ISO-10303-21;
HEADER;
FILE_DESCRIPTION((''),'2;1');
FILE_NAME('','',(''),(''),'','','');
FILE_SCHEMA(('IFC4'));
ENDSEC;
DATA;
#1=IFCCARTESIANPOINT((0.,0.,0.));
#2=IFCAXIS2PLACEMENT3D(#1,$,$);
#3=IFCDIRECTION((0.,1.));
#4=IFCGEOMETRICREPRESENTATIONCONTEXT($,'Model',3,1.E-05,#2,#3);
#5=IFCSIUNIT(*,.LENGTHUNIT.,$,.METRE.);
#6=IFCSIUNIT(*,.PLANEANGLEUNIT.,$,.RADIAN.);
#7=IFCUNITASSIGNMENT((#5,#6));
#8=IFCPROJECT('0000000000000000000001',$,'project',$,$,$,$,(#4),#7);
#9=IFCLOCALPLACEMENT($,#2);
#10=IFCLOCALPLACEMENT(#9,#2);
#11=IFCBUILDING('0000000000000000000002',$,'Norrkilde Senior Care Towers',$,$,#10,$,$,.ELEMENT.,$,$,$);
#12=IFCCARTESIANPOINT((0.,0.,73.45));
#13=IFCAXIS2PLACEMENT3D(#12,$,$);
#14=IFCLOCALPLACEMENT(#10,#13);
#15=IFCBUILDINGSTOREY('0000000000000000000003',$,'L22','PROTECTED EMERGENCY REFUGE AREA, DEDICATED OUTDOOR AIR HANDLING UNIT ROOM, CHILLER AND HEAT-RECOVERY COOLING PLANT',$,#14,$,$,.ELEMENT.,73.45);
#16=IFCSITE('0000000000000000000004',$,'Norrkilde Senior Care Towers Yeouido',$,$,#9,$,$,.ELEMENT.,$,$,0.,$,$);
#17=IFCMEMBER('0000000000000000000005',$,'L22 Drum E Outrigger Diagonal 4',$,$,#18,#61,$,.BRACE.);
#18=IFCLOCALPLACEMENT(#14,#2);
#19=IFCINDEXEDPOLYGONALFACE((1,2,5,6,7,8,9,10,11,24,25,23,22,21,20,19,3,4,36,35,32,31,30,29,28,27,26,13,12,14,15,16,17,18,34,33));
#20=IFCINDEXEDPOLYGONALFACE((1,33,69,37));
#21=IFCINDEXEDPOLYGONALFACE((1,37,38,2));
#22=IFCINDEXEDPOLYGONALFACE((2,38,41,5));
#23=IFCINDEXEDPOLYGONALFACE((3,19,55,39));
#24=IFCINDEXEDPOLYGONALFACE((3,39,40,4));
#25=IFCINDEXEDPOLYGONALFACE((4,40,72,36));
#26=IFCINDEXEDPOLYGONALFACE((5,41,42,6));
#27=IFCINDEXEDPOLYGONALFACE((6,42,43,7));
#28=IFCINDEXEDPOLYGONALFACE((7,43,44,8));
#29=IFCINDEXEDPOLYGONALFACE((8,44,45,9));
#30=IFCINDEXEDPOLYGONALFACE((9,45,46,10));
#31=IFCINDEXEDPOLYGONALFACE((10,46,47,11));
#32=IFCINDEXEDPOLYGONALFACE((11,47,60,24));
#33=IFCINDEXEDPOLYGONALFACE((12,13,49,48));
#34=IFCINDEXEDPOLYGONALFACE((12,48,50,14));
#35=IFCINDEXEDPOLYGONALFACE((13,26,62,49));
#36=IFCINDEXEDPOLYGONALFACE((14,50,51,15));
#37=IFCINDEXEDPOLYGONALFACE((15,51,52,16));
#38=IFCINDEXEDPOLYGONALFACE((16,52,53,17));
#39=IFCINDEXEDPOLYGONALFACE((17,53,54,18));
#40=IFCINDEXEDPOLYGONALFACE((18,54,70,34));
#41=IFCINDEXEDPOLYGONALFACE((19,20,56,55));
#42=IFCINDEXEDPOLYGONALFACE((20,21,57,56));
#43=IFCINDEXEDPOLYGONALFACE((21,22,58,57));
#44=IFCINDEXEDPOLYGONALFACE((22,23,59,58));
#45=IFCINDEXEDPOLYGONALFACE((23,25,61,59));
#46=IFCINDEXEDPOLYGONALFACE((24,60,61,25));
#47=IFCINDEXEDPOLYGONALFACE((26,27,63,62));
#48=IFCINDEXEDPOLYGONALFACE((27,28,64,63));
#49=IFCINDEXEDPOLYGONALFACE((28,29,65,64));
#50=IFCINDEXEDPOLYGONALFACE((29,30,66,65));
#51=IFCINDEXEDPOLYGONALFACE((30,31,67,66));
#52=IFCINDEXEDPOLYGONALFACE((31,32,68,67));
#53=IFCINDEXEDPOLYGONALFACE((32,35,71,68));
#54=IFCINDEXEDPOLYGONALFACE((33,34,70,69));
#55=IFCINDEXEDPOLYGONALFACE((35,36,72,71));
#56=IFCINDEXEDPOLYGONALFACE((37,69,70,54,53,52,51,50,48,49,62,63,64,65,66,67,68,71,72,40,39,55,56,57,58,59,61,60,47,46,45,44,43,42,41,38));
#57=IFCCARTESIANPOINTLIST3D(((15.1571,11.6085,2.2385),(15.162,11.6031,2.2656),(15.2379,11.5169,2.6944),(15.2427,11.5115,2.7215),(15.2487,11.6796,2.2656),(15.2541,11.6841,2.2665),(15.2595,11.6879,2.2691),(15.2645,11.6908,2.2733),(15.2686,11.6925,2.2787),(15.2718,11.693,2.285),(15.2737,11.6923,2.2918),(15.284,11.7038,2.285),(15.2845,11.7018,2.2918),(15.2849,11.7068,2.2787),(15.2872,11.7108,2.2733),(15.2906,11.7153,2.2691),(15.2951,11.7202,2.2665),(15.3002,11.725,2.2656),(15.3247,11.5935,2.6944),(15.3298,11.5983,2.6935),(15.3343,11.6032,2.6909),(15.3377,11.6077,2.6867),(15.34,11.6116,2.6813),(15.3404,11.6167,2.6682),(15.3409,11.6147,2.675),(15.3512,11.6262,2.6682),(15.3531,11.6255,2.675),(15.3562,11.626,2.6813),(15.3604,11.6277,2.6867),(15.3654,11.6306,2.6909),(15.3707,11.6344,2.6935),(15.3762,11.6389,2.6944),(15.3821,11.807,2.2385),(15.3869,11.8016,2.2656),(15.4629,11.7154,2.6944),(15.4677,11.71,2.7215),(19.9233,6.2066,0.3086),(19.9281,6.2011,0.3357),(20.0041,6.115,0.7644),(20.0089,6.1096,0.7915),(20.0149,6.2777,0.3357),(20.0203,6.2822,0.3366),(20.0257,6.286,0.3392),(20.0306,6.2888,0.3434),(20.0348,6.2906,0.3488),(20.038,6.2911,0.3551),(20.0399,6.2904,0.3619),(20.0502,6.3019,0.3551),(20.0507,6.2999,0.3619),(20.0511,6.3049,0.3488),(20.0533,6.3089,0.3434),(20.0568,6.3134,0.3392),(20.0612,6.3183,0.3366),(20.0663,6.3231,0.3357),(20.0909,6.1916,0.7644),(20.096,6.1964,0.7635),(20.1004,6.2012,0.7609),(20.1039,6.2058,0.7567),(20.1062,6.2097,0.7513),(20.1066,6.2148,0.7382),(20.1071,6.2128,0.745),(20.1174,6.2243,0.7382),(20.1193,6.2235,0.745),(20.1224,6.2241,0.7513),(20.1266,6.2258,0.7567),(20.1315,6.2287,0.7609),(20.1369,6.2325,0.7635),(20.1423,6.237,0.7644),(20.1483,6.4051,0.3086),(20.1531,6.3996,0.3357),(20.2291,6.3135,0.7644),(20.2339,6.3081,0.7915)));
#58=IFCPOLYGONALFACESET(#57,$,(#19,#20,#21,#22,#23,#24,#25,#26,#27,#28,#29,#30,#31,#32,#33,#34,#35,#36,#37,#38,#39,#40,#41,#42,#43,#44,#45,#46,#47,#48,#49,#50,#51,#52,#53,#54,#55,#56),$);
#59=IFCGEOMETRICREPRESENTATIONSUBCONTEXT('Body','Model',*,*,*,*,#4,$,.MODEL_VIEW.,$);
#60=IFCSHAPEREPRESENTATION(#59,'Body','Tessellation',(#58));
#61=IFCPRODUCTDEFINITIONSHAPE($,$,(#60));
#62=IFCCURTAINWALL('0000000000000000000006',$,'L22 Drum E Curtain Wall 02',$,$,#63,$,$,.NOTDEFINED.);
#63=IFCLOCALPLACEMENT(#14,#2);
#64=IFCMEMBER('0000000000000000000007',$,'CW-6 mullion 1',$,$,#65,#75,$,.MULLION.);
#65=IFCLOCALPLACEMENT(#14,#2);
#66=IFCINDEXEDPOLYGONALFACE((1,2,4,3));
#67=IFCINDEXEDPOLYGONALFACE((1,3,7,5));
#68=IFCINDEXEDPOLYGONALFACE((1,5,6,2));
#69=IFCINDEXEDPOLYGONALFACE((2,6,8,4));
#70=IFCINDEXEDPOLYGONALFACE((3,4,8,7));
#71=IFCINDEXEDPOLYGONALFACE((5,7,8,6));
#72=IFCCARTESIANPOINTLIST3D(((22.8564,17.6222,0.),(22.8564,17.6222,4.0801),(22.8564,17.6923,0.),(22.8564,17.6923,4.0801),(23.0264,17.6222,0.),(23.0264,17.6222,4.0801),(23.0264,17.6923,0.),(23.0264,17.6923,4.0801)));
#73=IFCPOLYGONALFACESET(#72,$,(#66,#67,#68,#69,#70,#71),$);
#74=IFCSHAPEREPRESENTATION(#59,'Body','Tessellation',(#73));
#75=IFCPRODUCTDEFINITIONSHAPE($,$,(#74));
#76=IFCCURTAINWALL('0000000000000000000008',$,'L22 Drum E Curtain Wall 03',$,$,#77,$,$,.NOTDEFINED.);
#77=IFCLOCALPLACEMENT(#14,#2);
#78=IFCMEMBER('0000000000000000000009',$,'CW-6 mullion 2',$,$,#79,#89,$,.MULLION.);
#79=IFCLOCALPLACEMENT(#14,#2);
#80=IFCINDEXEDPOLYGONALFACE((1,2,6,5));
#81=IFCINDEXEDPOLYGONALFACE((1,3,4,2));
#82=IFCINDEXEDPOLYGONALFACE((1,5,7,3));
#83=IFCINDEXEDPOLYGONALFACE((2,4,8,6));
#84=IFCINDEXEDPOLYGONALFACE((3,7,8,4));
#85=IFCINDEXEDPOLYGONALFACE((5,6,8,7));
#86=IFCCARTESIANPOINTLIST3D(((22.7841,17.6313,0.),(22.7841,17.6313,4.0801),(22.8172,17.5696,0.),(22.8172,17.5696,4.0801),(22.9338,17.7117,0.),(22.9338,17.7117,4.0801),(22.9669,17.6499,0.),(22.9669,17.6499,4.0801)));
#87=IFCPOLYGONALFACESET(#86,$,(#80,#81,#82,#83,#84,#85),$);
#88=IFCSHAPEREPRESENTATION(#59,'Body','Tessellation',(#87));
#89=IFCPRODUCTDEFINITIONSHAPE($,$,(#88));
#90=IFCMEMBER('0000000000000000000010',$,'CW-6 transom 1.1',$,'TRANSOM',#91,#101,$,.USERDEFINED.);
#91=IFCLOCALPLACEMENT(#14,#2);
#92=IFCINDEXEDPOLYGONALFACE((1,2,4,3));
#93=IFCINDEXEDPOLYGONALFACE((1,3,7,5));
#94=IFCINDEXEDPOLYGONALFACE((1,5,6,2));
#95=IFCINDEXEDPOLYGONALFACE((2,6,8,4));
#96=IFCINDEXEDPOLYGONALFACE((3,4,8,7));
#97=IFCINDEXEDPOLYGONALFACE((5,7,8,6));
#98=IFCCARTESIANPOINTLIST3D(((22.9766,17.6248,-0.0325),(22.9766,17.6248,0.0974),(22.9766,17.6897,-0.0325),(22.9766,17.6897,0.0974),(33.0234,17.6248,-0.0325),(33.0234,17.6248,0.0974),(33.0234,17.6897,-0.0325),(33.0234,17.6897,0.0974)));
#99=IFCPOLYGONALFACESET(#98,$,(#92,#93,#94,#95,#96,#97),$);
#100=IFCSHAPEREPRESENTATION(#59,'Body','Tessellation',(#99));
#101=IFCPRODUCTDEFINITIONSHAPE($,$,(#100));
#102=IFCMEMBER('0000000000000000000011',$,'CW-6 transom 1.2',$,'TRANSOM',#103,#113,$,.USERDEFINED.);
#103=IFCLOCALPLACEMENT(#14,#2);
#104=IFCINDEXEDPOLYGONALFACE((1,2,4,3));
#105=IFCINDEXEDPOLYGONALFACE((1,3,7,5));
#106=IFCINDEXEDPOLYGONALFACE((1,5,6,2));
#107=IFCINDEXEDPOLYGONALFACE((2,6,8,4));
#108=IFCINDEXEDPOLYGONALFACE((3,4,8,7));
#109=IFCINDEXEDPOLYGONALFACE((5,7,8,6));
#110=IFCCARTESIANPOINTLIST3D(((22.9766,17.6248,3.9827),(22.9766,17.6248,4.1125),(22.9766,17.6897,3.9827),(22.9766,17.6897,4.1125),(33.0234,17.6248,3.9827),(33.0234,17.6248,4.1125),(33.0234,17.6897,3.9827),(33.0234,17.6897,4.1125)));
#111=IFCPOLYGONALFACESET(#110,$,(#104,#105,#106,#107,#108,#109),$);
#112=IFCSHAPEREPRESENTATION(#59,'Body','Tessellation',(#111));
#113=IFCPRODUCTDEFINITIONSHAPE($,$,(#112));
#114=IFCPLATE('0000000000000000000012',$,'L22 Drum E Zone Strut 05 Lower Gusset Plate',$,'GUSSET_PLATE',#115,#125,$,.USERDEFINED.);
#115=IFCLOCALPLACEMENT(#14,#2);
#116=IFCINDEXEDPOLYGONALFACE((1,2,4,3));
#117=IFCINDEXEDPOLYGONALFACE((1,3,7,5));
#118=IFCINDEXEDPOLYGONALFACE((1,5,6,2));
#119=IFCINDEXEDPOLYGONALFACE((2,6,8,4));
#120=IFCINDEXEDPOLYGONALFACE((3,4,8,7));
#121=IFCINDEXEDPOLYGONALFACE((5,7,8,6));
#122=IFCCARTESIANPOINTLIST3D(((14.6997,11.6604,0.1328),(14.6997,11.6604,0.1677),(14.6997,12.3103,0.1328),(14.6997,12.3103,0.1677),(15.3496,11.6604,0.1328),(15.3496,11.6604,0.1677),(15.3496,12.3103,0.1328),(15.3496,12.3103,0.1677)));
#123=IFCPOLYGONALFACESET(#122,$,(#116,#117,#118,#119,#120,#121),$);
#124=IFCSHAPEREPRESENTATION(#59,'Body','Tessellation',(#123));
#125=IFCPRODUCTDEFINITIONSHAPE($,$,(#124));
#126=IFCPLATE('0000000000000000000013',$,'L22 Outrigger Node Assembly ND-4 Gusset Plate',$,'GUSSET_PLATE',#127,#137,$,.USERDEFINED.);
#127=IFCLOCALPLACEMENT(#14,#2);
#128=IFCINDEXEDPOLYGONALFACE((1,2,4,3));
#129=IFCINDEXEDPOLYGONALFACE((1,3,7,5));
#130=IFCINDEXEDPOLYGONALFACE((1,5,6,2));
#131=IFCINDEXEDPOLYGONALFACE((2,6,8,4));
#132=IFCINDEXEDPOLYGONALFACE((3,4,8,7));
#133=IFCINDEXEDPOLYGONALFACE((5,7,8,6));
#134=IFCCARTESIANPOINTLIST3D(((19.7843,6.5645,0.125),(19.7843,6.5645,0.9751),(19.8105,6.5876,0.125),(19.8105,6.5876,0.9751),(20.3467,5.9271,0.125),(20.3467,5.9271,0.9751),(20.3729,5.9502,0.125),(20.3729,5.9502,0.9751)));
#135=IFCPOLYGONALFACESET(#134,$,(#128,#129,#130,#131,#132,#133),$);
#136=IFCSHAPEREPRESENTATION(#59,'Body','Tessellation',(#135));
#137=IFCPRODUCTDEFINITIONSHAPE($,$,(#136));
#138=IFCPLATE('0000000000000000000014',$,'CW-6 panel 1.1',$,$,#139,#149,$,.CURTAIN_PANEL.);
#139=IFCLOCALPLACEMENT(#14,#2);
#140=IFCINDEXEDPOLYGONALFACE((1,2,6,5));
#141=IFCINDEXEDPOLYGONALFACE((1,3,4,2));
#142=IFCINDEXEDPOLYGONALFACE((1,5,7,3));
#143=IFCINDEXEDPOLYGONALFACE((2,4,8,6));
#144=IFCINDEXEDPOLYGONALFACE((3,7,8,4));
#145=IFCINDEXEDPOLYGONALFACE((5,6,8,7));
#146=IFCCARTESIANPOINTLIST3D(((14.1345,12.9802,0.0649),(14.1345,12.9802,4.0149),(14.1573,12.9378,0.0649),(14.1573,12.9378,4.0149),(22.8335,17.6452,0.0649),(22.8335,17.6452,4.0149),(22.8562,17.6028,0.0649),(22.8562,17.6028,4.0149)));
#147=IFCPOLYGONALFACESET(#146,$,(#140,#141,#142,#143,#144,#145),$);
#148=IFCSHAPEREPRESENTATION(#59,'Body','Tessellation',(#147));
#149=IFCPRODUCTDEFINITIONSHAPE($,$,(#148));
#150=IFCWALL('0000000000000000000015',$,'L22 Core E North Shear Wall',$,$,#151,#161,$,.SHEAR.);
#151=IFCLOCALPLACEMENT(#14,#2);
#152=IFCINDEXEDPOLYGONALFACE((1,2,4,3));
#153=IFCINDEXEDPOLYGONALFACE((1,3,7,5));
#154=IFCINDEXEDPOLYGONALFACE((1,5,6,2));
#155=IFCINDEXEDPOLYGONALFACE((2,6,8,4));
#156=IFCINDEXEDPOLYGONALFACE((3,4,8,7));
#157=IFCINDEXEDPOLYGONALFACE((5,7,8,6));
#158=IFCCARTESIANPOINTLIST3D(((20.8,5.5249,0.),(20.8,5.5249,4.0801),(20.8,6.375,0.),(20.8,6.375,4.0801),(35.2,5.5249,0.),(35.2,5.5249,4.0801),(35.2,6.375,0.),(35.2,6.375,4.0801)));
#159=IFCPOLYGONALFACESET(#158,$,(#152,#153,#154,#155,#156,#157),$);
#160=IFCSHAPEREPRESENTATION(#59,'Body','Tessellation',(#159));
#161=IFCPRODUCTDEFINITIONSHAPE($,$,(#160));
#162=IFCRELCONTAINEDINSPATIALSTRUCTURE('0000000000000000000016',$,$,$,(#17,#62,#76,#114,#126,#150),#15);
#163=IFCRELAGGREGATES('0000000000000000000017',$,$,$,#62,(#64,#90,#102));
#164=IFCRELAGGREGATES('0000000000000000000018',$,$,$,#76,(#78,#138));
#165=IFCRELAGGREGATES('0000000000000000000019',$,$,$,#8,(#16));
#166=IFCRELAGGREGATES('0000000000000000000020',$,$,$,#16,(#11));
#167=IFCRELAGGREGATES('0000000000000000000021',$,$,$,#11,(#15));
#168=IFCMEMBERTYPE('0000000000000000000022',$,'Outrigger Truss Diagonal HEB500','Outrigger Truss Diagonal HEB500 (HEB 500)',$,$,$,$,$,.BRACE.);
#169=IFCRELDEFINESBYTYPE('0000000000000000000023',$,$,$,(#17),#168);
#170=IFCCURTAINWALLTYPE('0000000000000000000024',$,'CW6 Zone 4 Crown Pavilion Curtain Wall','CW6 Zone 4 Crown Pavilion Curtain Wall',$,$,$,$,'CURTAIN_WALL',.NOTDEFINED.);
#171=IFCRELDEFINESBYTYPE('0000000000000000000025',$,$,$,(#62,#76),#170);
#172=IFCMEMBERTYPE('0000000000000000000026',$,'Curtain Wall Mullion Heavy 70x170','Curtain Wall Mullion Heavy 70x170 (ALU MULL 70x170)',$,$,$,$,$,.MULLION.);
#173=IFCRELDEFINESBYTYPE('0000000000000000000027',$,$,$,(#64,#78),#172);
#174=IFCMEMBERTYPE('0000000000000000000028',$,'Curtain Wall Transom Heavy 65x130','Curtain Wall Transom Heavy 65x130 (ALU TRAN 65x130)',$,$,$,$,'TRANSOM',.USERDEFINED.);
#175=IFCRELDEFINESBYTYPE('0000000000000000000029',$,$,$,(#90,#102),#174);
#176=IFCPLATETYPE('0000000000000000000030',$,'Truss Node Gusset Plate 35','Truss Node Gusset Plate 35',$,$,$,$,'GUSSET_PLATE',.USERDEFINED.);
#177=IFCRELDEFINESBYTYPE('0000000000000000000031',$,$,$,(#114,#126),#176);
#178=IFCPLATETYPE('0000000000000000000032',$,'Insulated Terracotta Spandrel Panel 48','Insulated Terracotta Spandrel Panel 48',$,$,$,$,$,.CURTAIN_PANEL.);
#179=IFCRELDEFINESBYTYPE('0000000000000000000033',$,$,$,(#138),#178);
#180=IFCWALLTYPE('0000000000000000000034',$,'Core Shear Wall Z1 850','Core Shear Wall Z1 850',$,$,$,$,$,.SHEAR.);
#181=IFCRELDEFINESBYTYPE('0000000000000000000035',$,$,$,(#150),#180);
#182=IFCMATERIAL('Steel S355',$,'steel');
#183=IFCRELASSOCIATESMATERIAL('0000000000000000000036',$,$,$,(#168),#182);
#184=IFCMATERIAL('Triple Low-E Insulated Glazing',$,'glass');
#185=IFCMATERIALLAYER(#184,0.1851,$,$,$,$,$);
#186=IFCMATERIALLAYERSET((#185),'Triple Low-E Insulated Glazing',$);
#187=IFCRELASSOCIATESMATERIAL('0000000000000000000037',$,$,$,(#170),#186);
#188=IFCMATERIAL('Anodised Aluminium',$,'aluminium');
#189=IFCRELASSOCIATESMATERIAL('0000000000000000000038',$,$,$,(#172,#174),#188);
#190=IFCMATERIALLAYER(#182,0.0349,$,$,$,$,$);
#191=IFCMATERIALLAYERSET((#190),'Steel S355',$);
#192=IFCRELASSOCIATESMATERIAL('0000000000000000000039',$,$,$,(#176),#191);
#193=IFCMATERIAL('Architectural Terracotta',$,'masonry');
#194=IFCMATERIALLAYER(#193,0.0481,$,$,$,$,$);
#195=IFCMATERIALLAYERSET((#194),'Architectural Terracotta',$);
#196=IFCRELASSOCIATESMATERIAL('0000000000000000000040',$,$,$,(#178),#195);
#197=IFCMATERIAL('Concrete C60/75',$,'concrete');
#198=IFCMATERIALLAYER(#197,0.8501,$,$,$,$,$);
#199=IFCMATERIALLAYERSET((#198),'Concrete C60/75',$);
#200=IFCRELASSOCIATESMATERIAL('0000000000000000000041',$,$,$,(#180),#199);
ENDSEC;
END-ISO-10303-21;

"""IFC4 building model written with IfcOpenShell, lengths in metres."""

from ifc_helpers import new_model, si_unit, direction, frame, frame_2d, origin, origin_2d, place, context, subcontext, project, spatial, rectangle, i_section, extrude, source, transform, mapped, material, layer, layer_set, material_profile, profile_set, type_object, type_shapes, element, aggregate, save


model = new_model("IFC4")

# Units and contexts
model_context = context("Model", 3, precision=1e-05, world=origin(), true_north=direction((0.0, 1.0)))
body_context = subcontext(model_context, "Body", "Model", "MODEL_VIEW")
ifc_project = project(units=[si_unit("LENGTHUNIT", "METRE"), si_unit("PLANEANGLEUNIT", "RADIAN")], contexts=[model_context])

# Site, building, storey
site_placement = place(None, origin())
site = spatial("IfcSite", under=ifc_project, at=site_placement, Name="Norrkilde Senior Care Towers Yeouido", CompositionType="ELEMENT", RefElevation=0.0)
building_placement = place(site_placement, origin())
building = spatial("IfcBuilding", under=site, at=building_placement, Name="Norrkilde Senior Care Towers", CompositionType="ELEMENT")
storey_placement = place(building_placement, frame((0.0, 0.0, 73.45)))
storey = spatial("IfcBuildingStorey", under=building, at=storey_placement, Name="L22", Description="PROTECTED EMERGENCY REFUGE AREA, DEDICATED OUTDOOR AIR HANDLING UNIT ROOM, CHILLER AND HEAT-RECOVERY COOLING PLANT", CompositionType="ELEMENT", Elevation=73.45)

# Shared definitions
ifc_material_1 = material(Name="Concrete C60/75", Category="concrete")

# Member
ifc_material_2 = material(Name="Steel S355", Category="steel")
ifc_material_profile_1 = material_profile(ifc_material_2, i_section(OverallWidth=0.3, OverallDepth=0.5, WebThickness=0.0144, FlangeThickness=0.0281, FilletRadius=0.0271, at=origin_2d()), Name="HEB 500")
ifc_profile_set_1 = profile_set([ifc_material_profile_1], Name="Steel S355")
member_type_1 = type_object("IfcMemberType", Name="Outrigger Truss Diagonal HEB500", Description="Outrigger Truss Diagonal HEB500 (HEB 500)", PredefinedType="BRACE", material=ifc_profile_set_1)
shared_shape_1 = source(origin(), body_context, "Body", "SweptSolid", [
    extrude(i_section(OverallWidth=0.3, OverallDepth=0.5, WebThickness=0.0144, FlangeThickness=0.0281, FilletRadius=0.0271, at=origin_2d()), origin(), (0.0, 0.0, 1.0), 7.458),
])
type_shapes(member_type_1, [shared_shape_1])
member_1_placement = place(storey_placement, frame((20.0786, 6.2573, 0.55), z_axis=(-0.639068, 0.724312, 0.258776), x_axis=(-0.749854, -0.661604, 0.0)))
element("IfcMember", 1, at=member_1_placement, inside=storey, type_object=member_type_1, Name="L22 Drum E Outrigger Diagonal 4", PredefinedType="BRACE", context=body_context, shape_type="MappedRepresentation", body=[
    mapped(shared_shape_1, transform((0.0, 0.0, 0.0), x_axis=(1.0, 0.0, 0.0), y_axis=(0.0, 1.0, 0.0), z_axis=(0.0, 0.0, 1.0), scale=1.0)),
])

# Curtain walls, members
ifc_material_3 = material(Name="Triple Low-E Insulated Glazing", Category="glass")
ifc_layer_1 = layer(ifc_material_3, 0.1851)
ifc_layer_set_1 = layer_set([ifc_layer_1], Name="Triple Low-E Insulated Glazing")
curtain_wall_type = type_object("IfcCurtainWallType", Name="CW6 Zone 4 Crown Pavilion Curtain Wall", Description="CW6 Zone 4 Crown Pavilion Curtain Wall", ElementType="CURTAIN_WALL", PredefinedType="NOTDEFINED", material=ifc_layer_set_1)
curtain_wall_1_placement = place(storey_placement, origin())
curtain_wall_1 = element("IfcCurtainWall", 2, at=curtain_wall_1_placement, inside=storey, type_object=curtain_wall_type, Name="L22 Drum E Curtain Wall 02", PredefinedType="NOTDEFINED")
ifc_material_4 = material(Name="Anodised Aluminium", Category="aluminium")
ifc_material_profile_2 = material_profile(ifc_material_4, rectangle(XDim=0.0701, YDim=0.1699, at=origin_2d()), Name="ALU MULL 70x170")
ifc_profile_set_2 = profile_set([ifc_material_profile_2], Name="Anodised Aluminium")
member_type_2 = type_object("IfcMemberType", Name="Curtain Wall Mullion Heavy 70x170", Description="Curtain Wall Mullion Heavy 70x170 (ALU MULL 70x170)", PredefinedType="MULLION", material=ifc_profile_set_2)
shared_shape_2 = source(origin(), body_context, "Body", "SweptSolid", [
    extrude(rectangle(XDim=0.0701, YDim=0.1699, at=origin_2d()), origin(), (0.0, 0.0, 1.0), 4.0801),
])
type_shapes(member_type_2, [shared_shape_2])
member_2_placement = place(storey_placement, frame((22.9414, 17.6572, 0.0), z_axis=(0.0, 0.0, 1.0), x_axis=(0.0, 1.0, 0.0)))
member_2 = element("IfcMember", 3, at=member_2_placement, type_object=member_type_2, Name="CW-6 mullion 1", PredefinedType="MULLION", context=body_context, shape_type="MappedRepresentation", body=[
    mapped(shared_shape_2, transform((0.0, 0.0, 0.0), x_axis=(1.0, 0.0, 0.0), y_axis=(0.0, 1.0, 0.0), z_axis=(0.0, 0.0, 1.0), scale=1.0)),
])
curtain_wall_2_placement = place(storey_placement, origin())
curtain_wall_2 = element("IfcCurtainWall", 4, at=curtain_wall_2_placement, inside=storey, type_object=curtain_wall_type, Name="L22 Drum E Curtain Wall 03", PredefinedType="NOTDEFINED")
member_3_placement = place(storey_placement, frame((22.8755, 17.6406, 0.0), z_axis=(0.0, 0.0, 1.0), x_axis=(-0.472608, 0.881273, 0.0)))
member_3 = element("IfcMember", 5, at=member_3_placement, type_object=member_type_2, Name="CW-6 mullion 2", PredefinedType="MULLION", context=body_context, shape_type="MappedRepresentation", body=[
    mapped(shared_shape_2, transform((0.0, 0.0, 0.0), x_axis=(1.0, 0.0, 0.0), y_axis=(0.0, 1.0, 0.0), z_axis=(0.0, 0.0, 1.0), scale=1.0)),
])

# Members
ifc_material_profile_3 = material_profile(ifc_material_4, rectangle(XDim=0.0649, YDim=0.1299, at=origin_2d()), Name="ALU TRAN 65x130")
ifc_profile_set_3 = profile_set([ifc_material_profile_3], Name="Anodised Aluminium")
member_type_3 = type_object("IfcMemberType", Name="Curtain Wall Transom Heavy 65x130", Description="Curtain Wall Transom Heavy 65x130 (ALU TRAN 65x130)", ElementType="TRANSOM", PredefinedType="USERDEFINED", material=ifc_profile_set_3)
shared_shape_3 = source(origin(), body_context, "Body", "SweptSolid", [
    extrude(rectangle(XDim=0.0649, YDim=0.1299, at=origin_2d()), origin(), (0.0, 0.0, 1.0), 10.0469),
])
type_shapes(member_type_3, [shared_shape_3])
member_4_placement = place(storey_placement, frame((22.9766, 17.6572, 0.0325), z_axis=(1.0, 0.0, 0.0), x_axis=(0.0, 1.0, 0.0)))
member_4 = element("IfcMember", 6, at=member_4_placement, type_object=member_type_3, Name="CW-6 transom 1.1", ObjectType="TRANSOM", PredefinedType="USERDEFINED", context=body_context, shape_type="MappedRepresentation", body=[
    mapped(shared_shape_3, transform((0.0, 0.0, 0.0), x_axis=(1.0, 0.0, 0.0), y_axis=(0.0, 1.0, 0.0), z_axis=(0.0, 0.0, 1.0), scale=1.0)),
])
member_5_placement = place(storey_placement, frame((22.9766, 17.6572, 4.0476), z_axis=(1.0, 0.0, 0.0), x_axis=(0.0, 1.0, 0.0)))
member_5 = element("IfcMember", 7, at=member_5_placement, type_object=member_type_3, Name="CW-6 transom 1.2", ObjectType="TRANSOM", PredefinedType="USERDEFINED", context=body_context, shape_type="MappedRepresentation", body=[
    mapped(shared_shape_3, transform((0.0, 0.0, 0.0), x_axis=(1.0, 0.0, 0.0), y_axis=(0.0, 1.0, 0.0), z_axis=(0.0, 0.0, 1.0), scale=1.0)),
])
aggregate(curtain_wall_1, [member_2, member_4, member_5])

# Plates
ifc_layer_2 = layer(ifc_material_2, 0.0349)
ifc_layer_set_2 = layer_set([ifc_layer_2], Name="Steel S355")
plate_type_1 = type_object("IfcPlateType", Name="Truss Node Gusset Plate 35", Description="Truss Node Gusset Plate 35", ElementType="GUSSET_PLATE", PredefinedType="USERDEFINED", material=ifc_layer_set_2)
shared_shape_4 = source(origin(), body_context, "Body", "SweptSolid", [
    extrude(rectangle(XDim=0.6499, YDim=0.6499, at=origin_2d()), origin(), (0.0, 0.0, 1.0), 0.0349),
])
plate_1_placement = place(storey_placement, frame((15.0247, 11.9854, 0.1328), z_axis=(0.0, 0.0, 1.0), x_axis=(1.0, 0.0, 0.0)))
element("IfcPlate", 8, at=plate_1_placement, inside=storey, type_object=plate_type_1, Name="L22 Drum E Zone Strut 05 Lower Gusset Plate", ObjectType="GUSSET_PLATE", PredefinedType="USERDEFINED", context=body_context, shape_type="MappedRepresentation", body=[
    mapped(shared_shape_4, transform((0.0, 0.0, 0.0), x_axis=(1.0, 0.0, 0.0), y_axis=(0.0, 1.0, 0.0), z_axis=(0.0, 0.0, 1.0), scale=1.0)),
])
shared_shape_5 = source(origin(), body_context, "Body", "SweptSolid", [
    extrude(rectangle(XDim=0.8501, YDim=0.0349, at=origin_2d()), origin(), (0.0, 0.0, 1.0), 0.8501),
])
type_shapes(plate_type_1, [shared_shape_4, shared_shape_5])
plate_2_placement = place(storey_placement, frame((20.0786, 6.2573, 0.125), z_axis=(0.0, 0.0, 1.0), x_axis=(-0.661622, 0.749838, 0.0)))
element("IfcPlate", 9, at=plate_2_placement, inside=storey, type_object=plate_type_1, Name="L22 Outrigger Node Assembly ND-4 Gusset Plate", ObjectType="GUSSET_PLATE", PredefinedType="USERDEFINED", context=body_context, shape_type="MappedRepresentation", body=[
    mapped(shared_shape_5, transform((0.0, 0.0, 0.0), x_axis=(1.0, 0.0, 0.0), y_axis=(0.0, 1.0, 0.0), z_axis=(0.0, 0.0, 1.0), scale=1.0)),
])

# Plate
ifc_material_5 = material(Name="Architectural Terracotta", Category="masonry")
ifc_layer_3 = layer(ifc_material_5, 0.0481)
ifc_layer_set_3 = layer_set([ifc_layer_3], Name="Architectural Terracotta")
plate_type_2 = type_object("IfcPlateType", Name="Insulated Terracotta Spandrel Panel 48", Description="Insulated Terracotta Spandrel Panel 48", PredefinedType="CURTAIN_PANEL", material=ifc_layer_set_3)
shared_shape_6 = source(origin(), body_context, "Body", "SweptSolid", [
    extrude(rectangle(XDim=9.8708, YDim=0.0481, at=origin_2d()), origin(), (0.0, 0.0, 1.0), 3.95),
])
type_shapes(plate_type_2, [shared_shape_6])
plate_3_placement = place(storey_placement, frame((18.4954, 15.2915, 0.0649), z_axis=(0.0, 0.0, 1.0), x_axis=(0.881273, 0.472608, 0.0)))
plate_3 = element("IfcPlate", 10, at=plate_3_placement, type_object=plate_type_2, Name="CW-6 panel 1.1", PredefinedType="CURTAIN_PANEL", context=body_context, shape_type="MappedRepresentation", body=[
    mapped(shared_shape_6, transform((0.0, 0.0, 0.0), x_axis=(1.0, 0.0, 0.0), y_axis=(0.0, 1.0, 0.0), z_axis=(0.0, 0.0, 1.0), scale=1.0)),
])
aggregate(curtain_wall_2, [member_3, plate_3])

# Wall
ifc_layer_4 = layer(ifc_material_1, 0.8501)
ifc_layer_set_4 = layer_set([ifc_layer_4], Name="Concrete C60/75")
wall_type_1 = type_object("IfcWallType", Name="Core Shear Wall Z1 850", Description="Core Shear Wall Z1 850", PredefinedType="SHEAR", material=ifc_layer_set_4)
shared_shape_7 = source(origin(), body_context, "Body", "SweptSolid", [
    extrude(rectangle(XDim=14.3999, YDim=0.8501, at=frame_2d((7.2, 0.0))), origin(), (0.0, 0.0, 1.0), 4.0801),
])
type_shapes(wall_type_1, [shared_shape_7])
wall_1_placement = place(storey_placement, frame((20.8, 5.95, 0.0), z_axis=(0.0, 0.0, 1.0), x_axis=(1.0, 0.0, 0.0)))
element("IfcWall", 11, at=wall_1_placement, inside=storey, type_object=wall_type_1, Name="L22 Core E North Shear Wall", PredefinedType="SHEAR", context=body_context, shape_type="MappedRepresentation", body=[
    mapped(shared_shape_7, transform((0.0, 0.0, 0.0), x_axis=(1.0, 0.0, 0.0), y_axis=(0.0, 1.0, 0.0), z_axis=(0.0, 0.0, 1.0), scale=1.0)),
])

save(model, "model.ifc")
